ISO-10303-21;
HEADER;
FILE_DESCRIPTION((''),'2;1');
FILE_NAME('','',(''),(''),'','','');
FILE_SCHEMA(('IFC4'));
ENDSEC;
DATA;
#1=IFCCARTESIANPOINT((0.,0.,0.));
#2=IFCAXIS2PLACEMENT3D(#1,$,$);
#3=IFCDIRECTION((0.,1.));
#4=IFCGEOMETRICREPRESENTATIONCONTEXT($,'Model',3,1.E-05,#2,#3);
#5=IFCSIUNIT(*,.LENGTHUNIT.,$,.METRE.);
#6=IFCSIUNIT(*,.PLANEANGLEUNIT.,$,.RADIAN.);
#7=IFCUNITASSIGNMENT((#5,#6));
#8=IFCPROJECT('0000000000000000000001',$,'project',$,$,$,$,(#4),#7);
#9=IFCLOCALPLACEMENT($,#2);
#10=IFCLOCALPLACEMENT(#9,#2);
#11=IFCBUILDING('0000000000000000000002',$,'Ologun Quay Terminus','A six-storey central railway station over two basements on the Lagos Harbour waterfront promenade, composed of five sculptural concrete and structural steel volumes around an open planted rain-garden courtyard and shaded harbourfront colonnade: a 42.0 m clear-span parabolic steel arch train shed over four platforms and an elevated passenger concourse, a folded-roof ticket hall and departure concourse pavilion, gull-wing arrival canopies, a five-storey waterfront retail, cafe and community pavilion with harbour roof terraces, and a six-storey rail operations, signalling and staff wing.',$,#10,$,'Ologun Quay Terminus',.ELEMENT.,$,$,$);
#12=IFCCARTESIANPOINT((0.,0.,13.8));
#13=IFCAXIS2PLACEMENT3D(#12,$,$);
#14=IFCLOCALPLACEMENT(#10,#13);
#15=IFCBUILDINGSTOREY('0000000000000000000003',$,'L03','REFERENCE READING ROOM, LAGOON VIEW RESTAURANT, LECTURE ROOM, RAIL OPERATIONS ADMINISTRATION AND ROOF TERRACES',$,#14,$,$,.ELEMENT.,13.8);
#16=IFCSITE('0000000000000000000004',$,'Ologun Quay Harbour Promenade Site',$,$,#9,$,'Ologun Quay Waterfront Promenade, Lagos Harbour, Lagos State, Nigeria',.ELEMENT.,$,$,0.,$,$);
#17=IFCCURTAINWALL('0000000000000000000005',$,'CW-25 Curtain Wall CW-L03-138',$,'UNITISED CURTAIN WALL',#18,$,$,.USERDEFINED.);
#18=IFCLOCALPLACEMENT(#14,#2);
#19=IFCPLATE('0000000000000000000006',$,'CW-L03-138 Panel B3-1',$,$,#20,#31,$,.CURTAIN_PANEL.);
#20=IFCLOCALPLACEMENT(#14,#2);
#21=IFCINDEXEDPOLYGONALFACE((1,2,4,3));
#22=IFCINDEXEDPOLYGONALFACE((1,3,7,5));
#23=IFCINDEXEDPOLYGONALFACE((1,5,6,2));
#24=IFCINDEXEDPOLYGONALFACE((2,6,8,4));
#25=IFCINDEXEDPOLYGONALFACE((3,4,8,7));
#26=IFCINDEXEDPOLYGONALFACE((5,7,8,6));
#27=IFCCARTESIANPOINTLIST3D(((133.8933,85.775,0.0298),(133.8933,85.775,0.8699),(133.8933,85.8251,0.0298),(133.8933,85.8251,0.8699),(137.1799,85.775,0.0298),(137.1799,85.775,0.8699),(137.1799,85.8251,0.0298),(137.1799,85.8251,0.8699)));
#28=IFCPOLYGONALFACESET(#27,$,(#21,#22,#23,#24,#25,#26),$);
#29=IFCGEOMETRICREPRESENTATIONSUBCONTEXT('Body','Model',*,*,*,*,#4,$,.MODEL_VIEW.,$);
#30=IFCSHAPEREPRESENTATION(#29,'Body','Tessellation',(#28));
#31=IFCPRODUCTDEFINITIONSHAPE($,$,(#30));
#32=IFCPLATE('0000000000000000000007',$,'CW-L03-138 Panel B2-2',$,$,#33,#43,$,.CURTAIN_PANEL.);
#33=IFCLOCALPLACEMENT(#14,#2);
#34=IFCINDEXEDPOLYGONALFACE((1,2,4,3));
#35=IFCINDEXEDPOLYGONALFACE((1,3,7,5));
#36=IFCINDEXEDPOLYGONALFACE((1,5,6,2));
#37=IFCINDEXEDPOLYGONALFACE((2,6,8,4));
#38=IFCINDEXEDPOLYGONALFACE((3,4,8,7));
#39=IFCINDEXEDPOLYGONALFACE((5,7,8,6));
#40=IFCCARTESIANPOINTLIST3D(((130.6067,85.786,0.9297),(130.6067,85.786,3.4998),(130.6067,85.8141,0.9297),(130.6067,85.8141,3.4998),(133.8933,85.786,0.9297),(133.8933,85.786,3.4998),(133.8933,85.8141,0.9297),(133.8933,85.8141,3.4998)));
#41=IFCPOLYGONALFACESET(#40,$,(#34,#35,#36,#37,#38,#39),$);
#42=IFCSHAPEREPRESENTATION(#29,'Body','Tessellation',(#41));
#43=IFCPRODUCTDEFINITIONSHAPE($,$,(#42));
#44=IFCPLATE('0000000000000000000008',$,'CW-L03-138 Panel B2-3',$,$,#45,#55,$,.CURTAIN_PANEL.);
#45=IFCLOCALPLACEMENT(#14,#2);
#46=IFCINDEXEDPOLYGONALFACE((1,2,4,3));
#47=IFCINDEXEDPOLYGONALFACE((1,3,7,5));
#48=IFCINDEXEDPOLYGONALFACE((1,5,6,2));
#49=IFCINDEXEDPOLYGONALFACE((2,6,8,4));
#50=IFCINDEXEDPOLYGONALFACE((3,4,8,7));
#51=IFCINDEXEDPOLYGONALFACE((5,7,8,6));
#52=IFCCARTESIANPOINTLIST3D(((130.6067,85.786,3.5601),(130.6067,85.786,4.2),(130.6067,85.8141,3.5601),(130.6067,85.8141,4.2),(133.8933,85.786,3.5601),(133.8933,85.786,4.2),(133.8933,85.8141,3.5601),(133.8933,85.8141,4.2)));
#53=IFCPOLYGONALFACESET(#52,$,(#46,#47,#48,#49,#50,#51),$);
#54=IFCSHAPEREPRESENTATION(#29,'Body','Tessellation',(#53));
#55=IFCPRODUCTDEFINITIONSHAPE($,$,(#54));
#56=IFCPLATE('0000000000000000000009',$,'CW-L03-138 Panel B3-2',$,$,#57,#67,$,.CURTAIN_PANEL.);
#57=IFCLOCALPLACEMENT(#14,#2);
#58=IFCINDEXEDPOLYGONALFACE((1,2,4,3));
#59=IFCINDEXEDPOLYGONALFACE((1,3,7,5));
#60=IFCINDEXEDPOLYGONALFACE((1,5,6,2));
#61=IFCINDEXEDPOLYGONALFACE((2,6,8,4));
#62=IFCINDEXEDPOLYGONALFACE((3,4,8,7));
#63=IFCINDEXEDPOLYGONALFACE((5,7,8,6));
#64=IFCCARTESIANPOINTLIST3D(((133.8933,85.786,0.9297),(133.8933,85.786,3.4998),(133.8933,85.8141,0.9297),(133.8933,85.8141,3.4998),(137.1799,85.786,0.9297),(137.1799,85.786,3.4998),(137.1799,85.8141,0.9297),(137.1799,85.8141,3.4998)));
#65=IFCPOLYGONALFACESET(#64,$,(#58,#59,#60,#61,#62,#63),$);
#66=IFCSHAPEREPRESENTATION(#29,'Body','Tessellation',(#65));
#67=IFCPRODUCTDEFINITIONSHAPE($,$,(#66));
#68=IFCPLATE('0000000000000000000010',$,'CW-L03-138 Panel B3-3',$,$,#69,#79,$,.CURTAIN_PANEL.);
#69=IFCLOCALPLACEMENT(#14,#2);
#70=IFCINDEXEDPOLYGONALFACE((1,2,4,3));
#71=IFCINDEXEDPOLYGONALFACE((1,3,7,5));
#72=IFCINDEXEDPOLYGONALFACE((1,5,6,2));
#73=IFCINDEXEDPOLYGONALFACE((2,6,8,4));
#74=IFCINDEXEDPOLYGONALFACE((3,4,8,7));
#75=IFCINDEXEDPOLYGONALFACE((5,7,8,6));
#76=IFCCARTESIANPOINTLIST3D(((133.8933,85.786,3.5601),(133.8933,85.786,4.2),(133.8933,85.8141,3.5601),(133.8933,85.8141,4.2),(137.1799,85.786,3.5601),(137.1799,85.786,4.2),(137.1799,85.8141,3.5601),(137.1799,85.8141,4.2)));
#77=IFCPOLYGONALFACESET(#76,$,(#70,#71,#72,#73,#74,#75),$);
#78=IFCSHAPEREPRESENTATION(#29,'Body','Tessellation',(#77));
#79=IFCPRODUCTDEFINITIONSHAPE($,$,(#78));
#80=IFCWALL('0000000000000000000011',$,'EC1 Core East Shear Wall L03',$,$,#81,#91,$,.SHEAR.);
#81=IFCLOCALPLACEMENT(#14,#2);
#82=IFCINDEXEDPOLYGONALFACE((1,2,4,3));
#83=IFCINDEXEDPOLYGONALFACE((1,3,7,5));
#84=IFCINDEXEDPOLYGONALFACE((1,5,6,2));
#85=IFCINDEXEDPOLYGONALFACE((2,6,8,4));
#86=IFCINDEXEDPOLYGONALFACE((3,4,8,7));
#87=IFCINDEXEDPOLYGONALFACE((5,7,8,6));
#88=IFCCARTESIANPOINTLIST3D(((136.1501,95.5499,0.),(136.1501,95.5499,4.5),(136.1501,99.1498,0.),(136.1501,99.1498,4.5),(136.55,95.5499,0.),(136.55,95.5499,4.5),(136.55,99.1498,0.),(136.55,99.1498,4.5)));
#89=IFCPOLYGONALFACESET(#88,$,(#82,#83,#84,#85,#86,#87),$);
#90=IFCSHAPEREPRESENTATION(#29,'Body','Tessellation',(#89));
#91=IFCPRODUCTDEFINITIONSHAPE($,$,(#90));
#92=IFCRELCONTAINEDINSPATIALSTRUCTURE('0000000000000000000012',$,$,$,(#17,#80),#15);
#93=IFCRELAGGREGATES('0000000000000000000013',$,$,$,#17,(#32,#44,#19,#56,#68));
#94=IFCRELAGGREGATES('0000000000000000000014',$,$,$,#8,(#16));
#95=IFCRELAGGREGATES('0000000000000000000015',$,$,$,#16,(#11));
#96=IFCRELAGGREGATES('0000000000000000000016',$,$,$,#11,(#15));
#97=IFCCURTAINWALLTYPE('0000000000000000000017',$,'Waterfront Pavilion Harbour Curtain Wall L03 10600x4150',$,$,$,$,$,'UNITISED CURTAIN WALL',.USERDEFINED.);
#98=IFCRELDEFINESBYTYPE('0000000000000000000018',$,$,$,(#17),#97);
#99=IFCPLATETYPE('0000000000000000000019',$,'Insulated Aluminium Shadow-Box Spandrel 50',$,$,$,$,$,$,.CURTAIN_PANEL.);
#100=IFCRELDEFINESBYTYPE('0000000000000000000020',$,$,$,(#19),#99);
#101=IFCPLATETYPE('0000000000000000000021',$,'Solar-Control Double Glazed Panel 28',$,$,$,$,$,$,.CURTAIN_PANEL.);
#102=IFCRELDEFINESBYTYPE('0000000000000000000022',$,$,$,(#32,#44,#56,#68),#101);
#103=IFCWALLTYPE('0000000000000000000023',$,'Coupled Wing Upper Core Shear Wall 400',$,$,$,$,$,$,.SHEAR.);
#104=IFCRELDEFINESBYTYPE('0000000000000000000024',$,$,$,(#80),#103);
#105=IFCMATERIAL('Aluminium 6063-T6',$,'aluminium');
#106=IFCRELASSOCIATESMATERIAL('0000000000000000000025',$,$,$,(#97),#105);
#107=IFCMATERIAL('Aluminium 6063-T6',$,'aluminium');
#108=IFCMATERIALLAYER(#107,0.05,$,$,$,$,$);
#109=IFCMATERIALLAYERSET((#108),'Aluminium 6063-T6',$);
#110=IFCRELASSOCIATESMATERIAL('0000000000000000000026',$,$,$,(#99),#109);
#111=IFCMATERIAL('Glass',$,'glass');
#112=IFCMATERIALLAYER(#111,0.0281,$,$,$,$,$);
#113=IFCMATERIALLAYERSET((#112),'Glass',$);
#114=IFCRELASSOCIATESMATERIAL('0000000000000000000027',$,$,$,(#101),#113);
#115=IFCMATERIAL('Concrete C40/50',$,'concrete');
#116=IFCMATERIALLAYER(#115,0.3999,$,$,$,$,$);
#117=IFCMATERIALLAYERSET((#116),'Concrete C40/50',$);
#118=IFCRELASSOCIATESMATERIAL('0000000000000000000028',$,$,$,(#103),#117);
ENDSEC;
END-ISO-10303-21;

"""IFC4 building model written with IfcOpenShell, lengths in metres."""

from ifc_helpers import new_model, si_unit, direction, frame, frame_2d, origin, origin_2d, place, context, subcontext, project, spatial, rectangle, extrude, material, layer, layer_set, type_object, element, aggregate, save


model = new_model("IFC4")

# Units and contexts
model_context = context("Model", 3, precision=1e-05, world=origin(), true_north=direction((0.0, 1.0)))
body_context = subcontext(model_context, "Body", "Model", "MODEL_VIEW")
ifc_project = project(units=[si_unit("LENGTHUNIT", "METRE"), si_unit("PLANEANGLEUNIT", "RADIAN")], contexts=[model_context])

# Site, building, storey
site_placement = place(None, origin())
site = spatial("IfcSite", under=ifc_project, at=site_placement, Name="Ologun Quay Harbour Promenade Site", LongName="Ologun Quay Waterfront Promenade, Lagos Harbour, Lagos State, Nigeria", CompositionType="ELEMENT", RefElevation=0.0)
building_placement = place(site_placement, origin())
building = spatial("IfcBuilding", under=site, at=building_placement, Name="Ologun Quay Terminus", Description="A six-storey central railway station over two basements on the Lagos Harbour waterfront promenade, composed of five sculptural concrete and structural steel volumes around an open planted rain-garden courtyard and shaded harbourfront colonnade: a 42.0 m clear-span parabolic steel arch train shed over four platforms and an elevated passenger concourse, a folded-roof ticket hall and departure concourse pavilion, gull-wing arrival canopies, a five-storey waterfront retail, cafe and community pavilion with harbour roof terraces, and a six-storey rail operations, signalling and staff wing.", LongName="Ologun Quay Terminus", CompositionType="ELEMENT")
storey_placement = place(building_placement, frame((0.0, 0.0, 13.8)))
storey = spatial("IfcBuildingStorey", under=building, at=storey_placement, Name="L03", Description="REFERENCE READING ROOM, LAGOON VIEW RESTAURANT, LECTURE ROOM, RAIL OPERATIONS ADMINISTRATION AND ROOF TERRACES", CompositionType="ELEMENT", Elevation=13.8)

# Curtain wall
ifc_material_1 = material(Name="Aluminium 6063-T6", Category="aluminium")
curtain_wall_type = type_object("IfcCurtainWallType", Name="Waterfront Pavilion Harbour Curtain Wall L03 10600x4150", ElementType="UNITISED CURTAIN WALL", PredefinedType="USERDEFINED", material=ifc_material_1)
curtain_wall_placement = place(storey_placement, origin())
curtain_wall = element("IfcCurtainWall", 1, at=curtain_wall_placement, inside=storey, type_object=curtain_wall_type, Name="CW-25 Curtain Wall CW-L03-138", ObjectType="UNITISED CURTAIN WALL", PredefinedType="USERDEFINED")

# Plates
ifc_material_2 = material(Name="Aluminium 6063-T6", Category="aluminium")
ifc_layer_1 = layer(ifc_material_2, 0.05)
ifc_layer_set_1 = layer_set([ifc_layer_1], Name="Aluminium 6063-T6")
plate_type_1 = type_object("IfcPlateType", Name="Insulated Aluminium Shadow-Box Spandrel 50", PredefinedType="CURTAIN_PANEL", material=ifc_layer_set_1)
plate_1_placement = place(storey_placement, frame((135.5366, 85.8, 0.0298), z_axis=(0.0, 0.0, 1.0), x_axis=(1.0, 0.0, 0.0)))
plate_1 = element("IfcPlate", 2, at=plate_1_placement, type_object=plate_type_1, Name="CW-L03-138 Panel B3-1", PredefinedType="CURTAIN_PANEL", context=body_context, shape_type="SweptSolid", body=[
    extrude(rectangle(XDim=3.2866, YDim=0.05, at=origin_2d()), origin(), (0.0, 0.0, 1.0), 0.8401),
])
ifc_material_3 = material(Name="Glass", Category="glass")
ifc_layer_2 = layer(ifc_material_3, 0.0281)
ifc_layer_set_2 = layer_set([ifc_layer_2], Name="Glass")
plate_type_2 = type_object("IfcPlateType", Name="Solar-Control Double Glazed Panel 28", PredefinedType="CURTAIN_PANEL", material=ifc_layer_set_2)
plate_2_placement = place(storey_placement, frame((132.25, 85.8, 0.9297), z_axis=(0.0, 0.0, 1.0), x_axis=(1.0, 0.0, 0.0)))
plate_2 = element("IfcPlate", 3, at=plate_2_placement, type_object=plate_type_2, Name="CW-L03-138 Panel B2-2", PredefinedType="CURTAIN_PANEL", context=body_context, shape_type="SweptSolid", body=[
    extrude(rectangle(XDim=3.2866, YDim=0.0281, at=origin_2d()), origin(), (0.0, 0.0, 1.0), 2.5701),
])
plate_3_placement = place(storey_placement, frame((132.25, 85.8, 3.5601), z_axis=(0.0, 0.0, 1.0), x_axis=(1.0, 0.0, 0.0)))
plate_3 = element("IfcPlate", 4, at=plate_3_placement, type_object=plate_type_2, Name="CW-L03-138 Panel B2-3", PredefinedType="CURTAIN_PANEL", context=body_context, shape_type="SweptSolid", body=[
    extrude(rectangle(XDim=3.2866, YDim=0.0281, at=origin_2d()), origin(), (0.0, 0.0, 1.0), 0.6399),
])
plate_4_placement = place(storey_placement, frame((135.5366, 85.8, 0.9297), z_axis=(0.0, 0.0, 1.0), x_axis=(1.0, 0.0, 0.0)))
plate_4 = element("IfcPlate", 5, at=plate_4_placement, type_object=plate_type_2, Name="CW-L03-138 Panel B3-2", PredefinedType="CURTAIN_PANEL", context=body_context, shape_type="SweptSolid", body=[
    extrude(rectangle(XDim=3.2866, YDim=0.0281, at=origin_2d()), origin(), (0.0, 0.0, 1.0), 2.5701),
])
plate_5_placement = place(storey_placement, frame((135.5366, 85.8, 3.5601), z_axis=(0.0, 0.0, 1.0), x_axis=(1.0, 0.0, 0.0)))
plate_5 = element("IfcPlate", 6, at=plate_5_placement, type_object=plate_type_2, Name="CW-L03-138 Panel B3-3", PredefinedType="CURTAIN_PANEL", context=body_context, shape_type="SweptSolid", body=[
    extrude(rectangle(XDim=3.2866, YDim=0.0281, at=origin_2d()), origin(), (0.0, 0.0, 1.0), 0.6399),
])
aggregate(curtain_wall, [plate_2, plate_3, plate_1, plate_4, plate_5])

# Wall
ifc_material_4 = material(Name="Concrete C40/50", Category="concrete")
ifc_layer_3 = layer(ifc_material_4, 0.3999)
ifc_layer_set_3 = layer_set([ifc_layer_3], Name="Concrete C40/50")
wall_type = type_object("IfcWallType", Name="Coupled Wing Upper Core Shear Wall 400", PredefinedType="SHEAR", material=ifc_layer_set_3)
wall_placement = place(storey_placement, frame((136.3501, 95.55, 0.0), z_axis=(0.0, 0.0, 1.0), x_axis=(0.0, 1.0, 0.0)))
element("IfcWall", 7, at=wall_placement, inside=storey, type_object=wall_type, Name="EC1 Core East Shear Wall L03", PredefinedType="SHEAR", context=body_context, shape_type="SweptSolid", body=[
    extrude(rectangle(XDim=3.5999, YDim=0.3999, at=frame_2d((1.7998, 0.0))), origin(), (0.0, 0.0, 1.0), 4.5),
])

save(model, "model.ifc")
